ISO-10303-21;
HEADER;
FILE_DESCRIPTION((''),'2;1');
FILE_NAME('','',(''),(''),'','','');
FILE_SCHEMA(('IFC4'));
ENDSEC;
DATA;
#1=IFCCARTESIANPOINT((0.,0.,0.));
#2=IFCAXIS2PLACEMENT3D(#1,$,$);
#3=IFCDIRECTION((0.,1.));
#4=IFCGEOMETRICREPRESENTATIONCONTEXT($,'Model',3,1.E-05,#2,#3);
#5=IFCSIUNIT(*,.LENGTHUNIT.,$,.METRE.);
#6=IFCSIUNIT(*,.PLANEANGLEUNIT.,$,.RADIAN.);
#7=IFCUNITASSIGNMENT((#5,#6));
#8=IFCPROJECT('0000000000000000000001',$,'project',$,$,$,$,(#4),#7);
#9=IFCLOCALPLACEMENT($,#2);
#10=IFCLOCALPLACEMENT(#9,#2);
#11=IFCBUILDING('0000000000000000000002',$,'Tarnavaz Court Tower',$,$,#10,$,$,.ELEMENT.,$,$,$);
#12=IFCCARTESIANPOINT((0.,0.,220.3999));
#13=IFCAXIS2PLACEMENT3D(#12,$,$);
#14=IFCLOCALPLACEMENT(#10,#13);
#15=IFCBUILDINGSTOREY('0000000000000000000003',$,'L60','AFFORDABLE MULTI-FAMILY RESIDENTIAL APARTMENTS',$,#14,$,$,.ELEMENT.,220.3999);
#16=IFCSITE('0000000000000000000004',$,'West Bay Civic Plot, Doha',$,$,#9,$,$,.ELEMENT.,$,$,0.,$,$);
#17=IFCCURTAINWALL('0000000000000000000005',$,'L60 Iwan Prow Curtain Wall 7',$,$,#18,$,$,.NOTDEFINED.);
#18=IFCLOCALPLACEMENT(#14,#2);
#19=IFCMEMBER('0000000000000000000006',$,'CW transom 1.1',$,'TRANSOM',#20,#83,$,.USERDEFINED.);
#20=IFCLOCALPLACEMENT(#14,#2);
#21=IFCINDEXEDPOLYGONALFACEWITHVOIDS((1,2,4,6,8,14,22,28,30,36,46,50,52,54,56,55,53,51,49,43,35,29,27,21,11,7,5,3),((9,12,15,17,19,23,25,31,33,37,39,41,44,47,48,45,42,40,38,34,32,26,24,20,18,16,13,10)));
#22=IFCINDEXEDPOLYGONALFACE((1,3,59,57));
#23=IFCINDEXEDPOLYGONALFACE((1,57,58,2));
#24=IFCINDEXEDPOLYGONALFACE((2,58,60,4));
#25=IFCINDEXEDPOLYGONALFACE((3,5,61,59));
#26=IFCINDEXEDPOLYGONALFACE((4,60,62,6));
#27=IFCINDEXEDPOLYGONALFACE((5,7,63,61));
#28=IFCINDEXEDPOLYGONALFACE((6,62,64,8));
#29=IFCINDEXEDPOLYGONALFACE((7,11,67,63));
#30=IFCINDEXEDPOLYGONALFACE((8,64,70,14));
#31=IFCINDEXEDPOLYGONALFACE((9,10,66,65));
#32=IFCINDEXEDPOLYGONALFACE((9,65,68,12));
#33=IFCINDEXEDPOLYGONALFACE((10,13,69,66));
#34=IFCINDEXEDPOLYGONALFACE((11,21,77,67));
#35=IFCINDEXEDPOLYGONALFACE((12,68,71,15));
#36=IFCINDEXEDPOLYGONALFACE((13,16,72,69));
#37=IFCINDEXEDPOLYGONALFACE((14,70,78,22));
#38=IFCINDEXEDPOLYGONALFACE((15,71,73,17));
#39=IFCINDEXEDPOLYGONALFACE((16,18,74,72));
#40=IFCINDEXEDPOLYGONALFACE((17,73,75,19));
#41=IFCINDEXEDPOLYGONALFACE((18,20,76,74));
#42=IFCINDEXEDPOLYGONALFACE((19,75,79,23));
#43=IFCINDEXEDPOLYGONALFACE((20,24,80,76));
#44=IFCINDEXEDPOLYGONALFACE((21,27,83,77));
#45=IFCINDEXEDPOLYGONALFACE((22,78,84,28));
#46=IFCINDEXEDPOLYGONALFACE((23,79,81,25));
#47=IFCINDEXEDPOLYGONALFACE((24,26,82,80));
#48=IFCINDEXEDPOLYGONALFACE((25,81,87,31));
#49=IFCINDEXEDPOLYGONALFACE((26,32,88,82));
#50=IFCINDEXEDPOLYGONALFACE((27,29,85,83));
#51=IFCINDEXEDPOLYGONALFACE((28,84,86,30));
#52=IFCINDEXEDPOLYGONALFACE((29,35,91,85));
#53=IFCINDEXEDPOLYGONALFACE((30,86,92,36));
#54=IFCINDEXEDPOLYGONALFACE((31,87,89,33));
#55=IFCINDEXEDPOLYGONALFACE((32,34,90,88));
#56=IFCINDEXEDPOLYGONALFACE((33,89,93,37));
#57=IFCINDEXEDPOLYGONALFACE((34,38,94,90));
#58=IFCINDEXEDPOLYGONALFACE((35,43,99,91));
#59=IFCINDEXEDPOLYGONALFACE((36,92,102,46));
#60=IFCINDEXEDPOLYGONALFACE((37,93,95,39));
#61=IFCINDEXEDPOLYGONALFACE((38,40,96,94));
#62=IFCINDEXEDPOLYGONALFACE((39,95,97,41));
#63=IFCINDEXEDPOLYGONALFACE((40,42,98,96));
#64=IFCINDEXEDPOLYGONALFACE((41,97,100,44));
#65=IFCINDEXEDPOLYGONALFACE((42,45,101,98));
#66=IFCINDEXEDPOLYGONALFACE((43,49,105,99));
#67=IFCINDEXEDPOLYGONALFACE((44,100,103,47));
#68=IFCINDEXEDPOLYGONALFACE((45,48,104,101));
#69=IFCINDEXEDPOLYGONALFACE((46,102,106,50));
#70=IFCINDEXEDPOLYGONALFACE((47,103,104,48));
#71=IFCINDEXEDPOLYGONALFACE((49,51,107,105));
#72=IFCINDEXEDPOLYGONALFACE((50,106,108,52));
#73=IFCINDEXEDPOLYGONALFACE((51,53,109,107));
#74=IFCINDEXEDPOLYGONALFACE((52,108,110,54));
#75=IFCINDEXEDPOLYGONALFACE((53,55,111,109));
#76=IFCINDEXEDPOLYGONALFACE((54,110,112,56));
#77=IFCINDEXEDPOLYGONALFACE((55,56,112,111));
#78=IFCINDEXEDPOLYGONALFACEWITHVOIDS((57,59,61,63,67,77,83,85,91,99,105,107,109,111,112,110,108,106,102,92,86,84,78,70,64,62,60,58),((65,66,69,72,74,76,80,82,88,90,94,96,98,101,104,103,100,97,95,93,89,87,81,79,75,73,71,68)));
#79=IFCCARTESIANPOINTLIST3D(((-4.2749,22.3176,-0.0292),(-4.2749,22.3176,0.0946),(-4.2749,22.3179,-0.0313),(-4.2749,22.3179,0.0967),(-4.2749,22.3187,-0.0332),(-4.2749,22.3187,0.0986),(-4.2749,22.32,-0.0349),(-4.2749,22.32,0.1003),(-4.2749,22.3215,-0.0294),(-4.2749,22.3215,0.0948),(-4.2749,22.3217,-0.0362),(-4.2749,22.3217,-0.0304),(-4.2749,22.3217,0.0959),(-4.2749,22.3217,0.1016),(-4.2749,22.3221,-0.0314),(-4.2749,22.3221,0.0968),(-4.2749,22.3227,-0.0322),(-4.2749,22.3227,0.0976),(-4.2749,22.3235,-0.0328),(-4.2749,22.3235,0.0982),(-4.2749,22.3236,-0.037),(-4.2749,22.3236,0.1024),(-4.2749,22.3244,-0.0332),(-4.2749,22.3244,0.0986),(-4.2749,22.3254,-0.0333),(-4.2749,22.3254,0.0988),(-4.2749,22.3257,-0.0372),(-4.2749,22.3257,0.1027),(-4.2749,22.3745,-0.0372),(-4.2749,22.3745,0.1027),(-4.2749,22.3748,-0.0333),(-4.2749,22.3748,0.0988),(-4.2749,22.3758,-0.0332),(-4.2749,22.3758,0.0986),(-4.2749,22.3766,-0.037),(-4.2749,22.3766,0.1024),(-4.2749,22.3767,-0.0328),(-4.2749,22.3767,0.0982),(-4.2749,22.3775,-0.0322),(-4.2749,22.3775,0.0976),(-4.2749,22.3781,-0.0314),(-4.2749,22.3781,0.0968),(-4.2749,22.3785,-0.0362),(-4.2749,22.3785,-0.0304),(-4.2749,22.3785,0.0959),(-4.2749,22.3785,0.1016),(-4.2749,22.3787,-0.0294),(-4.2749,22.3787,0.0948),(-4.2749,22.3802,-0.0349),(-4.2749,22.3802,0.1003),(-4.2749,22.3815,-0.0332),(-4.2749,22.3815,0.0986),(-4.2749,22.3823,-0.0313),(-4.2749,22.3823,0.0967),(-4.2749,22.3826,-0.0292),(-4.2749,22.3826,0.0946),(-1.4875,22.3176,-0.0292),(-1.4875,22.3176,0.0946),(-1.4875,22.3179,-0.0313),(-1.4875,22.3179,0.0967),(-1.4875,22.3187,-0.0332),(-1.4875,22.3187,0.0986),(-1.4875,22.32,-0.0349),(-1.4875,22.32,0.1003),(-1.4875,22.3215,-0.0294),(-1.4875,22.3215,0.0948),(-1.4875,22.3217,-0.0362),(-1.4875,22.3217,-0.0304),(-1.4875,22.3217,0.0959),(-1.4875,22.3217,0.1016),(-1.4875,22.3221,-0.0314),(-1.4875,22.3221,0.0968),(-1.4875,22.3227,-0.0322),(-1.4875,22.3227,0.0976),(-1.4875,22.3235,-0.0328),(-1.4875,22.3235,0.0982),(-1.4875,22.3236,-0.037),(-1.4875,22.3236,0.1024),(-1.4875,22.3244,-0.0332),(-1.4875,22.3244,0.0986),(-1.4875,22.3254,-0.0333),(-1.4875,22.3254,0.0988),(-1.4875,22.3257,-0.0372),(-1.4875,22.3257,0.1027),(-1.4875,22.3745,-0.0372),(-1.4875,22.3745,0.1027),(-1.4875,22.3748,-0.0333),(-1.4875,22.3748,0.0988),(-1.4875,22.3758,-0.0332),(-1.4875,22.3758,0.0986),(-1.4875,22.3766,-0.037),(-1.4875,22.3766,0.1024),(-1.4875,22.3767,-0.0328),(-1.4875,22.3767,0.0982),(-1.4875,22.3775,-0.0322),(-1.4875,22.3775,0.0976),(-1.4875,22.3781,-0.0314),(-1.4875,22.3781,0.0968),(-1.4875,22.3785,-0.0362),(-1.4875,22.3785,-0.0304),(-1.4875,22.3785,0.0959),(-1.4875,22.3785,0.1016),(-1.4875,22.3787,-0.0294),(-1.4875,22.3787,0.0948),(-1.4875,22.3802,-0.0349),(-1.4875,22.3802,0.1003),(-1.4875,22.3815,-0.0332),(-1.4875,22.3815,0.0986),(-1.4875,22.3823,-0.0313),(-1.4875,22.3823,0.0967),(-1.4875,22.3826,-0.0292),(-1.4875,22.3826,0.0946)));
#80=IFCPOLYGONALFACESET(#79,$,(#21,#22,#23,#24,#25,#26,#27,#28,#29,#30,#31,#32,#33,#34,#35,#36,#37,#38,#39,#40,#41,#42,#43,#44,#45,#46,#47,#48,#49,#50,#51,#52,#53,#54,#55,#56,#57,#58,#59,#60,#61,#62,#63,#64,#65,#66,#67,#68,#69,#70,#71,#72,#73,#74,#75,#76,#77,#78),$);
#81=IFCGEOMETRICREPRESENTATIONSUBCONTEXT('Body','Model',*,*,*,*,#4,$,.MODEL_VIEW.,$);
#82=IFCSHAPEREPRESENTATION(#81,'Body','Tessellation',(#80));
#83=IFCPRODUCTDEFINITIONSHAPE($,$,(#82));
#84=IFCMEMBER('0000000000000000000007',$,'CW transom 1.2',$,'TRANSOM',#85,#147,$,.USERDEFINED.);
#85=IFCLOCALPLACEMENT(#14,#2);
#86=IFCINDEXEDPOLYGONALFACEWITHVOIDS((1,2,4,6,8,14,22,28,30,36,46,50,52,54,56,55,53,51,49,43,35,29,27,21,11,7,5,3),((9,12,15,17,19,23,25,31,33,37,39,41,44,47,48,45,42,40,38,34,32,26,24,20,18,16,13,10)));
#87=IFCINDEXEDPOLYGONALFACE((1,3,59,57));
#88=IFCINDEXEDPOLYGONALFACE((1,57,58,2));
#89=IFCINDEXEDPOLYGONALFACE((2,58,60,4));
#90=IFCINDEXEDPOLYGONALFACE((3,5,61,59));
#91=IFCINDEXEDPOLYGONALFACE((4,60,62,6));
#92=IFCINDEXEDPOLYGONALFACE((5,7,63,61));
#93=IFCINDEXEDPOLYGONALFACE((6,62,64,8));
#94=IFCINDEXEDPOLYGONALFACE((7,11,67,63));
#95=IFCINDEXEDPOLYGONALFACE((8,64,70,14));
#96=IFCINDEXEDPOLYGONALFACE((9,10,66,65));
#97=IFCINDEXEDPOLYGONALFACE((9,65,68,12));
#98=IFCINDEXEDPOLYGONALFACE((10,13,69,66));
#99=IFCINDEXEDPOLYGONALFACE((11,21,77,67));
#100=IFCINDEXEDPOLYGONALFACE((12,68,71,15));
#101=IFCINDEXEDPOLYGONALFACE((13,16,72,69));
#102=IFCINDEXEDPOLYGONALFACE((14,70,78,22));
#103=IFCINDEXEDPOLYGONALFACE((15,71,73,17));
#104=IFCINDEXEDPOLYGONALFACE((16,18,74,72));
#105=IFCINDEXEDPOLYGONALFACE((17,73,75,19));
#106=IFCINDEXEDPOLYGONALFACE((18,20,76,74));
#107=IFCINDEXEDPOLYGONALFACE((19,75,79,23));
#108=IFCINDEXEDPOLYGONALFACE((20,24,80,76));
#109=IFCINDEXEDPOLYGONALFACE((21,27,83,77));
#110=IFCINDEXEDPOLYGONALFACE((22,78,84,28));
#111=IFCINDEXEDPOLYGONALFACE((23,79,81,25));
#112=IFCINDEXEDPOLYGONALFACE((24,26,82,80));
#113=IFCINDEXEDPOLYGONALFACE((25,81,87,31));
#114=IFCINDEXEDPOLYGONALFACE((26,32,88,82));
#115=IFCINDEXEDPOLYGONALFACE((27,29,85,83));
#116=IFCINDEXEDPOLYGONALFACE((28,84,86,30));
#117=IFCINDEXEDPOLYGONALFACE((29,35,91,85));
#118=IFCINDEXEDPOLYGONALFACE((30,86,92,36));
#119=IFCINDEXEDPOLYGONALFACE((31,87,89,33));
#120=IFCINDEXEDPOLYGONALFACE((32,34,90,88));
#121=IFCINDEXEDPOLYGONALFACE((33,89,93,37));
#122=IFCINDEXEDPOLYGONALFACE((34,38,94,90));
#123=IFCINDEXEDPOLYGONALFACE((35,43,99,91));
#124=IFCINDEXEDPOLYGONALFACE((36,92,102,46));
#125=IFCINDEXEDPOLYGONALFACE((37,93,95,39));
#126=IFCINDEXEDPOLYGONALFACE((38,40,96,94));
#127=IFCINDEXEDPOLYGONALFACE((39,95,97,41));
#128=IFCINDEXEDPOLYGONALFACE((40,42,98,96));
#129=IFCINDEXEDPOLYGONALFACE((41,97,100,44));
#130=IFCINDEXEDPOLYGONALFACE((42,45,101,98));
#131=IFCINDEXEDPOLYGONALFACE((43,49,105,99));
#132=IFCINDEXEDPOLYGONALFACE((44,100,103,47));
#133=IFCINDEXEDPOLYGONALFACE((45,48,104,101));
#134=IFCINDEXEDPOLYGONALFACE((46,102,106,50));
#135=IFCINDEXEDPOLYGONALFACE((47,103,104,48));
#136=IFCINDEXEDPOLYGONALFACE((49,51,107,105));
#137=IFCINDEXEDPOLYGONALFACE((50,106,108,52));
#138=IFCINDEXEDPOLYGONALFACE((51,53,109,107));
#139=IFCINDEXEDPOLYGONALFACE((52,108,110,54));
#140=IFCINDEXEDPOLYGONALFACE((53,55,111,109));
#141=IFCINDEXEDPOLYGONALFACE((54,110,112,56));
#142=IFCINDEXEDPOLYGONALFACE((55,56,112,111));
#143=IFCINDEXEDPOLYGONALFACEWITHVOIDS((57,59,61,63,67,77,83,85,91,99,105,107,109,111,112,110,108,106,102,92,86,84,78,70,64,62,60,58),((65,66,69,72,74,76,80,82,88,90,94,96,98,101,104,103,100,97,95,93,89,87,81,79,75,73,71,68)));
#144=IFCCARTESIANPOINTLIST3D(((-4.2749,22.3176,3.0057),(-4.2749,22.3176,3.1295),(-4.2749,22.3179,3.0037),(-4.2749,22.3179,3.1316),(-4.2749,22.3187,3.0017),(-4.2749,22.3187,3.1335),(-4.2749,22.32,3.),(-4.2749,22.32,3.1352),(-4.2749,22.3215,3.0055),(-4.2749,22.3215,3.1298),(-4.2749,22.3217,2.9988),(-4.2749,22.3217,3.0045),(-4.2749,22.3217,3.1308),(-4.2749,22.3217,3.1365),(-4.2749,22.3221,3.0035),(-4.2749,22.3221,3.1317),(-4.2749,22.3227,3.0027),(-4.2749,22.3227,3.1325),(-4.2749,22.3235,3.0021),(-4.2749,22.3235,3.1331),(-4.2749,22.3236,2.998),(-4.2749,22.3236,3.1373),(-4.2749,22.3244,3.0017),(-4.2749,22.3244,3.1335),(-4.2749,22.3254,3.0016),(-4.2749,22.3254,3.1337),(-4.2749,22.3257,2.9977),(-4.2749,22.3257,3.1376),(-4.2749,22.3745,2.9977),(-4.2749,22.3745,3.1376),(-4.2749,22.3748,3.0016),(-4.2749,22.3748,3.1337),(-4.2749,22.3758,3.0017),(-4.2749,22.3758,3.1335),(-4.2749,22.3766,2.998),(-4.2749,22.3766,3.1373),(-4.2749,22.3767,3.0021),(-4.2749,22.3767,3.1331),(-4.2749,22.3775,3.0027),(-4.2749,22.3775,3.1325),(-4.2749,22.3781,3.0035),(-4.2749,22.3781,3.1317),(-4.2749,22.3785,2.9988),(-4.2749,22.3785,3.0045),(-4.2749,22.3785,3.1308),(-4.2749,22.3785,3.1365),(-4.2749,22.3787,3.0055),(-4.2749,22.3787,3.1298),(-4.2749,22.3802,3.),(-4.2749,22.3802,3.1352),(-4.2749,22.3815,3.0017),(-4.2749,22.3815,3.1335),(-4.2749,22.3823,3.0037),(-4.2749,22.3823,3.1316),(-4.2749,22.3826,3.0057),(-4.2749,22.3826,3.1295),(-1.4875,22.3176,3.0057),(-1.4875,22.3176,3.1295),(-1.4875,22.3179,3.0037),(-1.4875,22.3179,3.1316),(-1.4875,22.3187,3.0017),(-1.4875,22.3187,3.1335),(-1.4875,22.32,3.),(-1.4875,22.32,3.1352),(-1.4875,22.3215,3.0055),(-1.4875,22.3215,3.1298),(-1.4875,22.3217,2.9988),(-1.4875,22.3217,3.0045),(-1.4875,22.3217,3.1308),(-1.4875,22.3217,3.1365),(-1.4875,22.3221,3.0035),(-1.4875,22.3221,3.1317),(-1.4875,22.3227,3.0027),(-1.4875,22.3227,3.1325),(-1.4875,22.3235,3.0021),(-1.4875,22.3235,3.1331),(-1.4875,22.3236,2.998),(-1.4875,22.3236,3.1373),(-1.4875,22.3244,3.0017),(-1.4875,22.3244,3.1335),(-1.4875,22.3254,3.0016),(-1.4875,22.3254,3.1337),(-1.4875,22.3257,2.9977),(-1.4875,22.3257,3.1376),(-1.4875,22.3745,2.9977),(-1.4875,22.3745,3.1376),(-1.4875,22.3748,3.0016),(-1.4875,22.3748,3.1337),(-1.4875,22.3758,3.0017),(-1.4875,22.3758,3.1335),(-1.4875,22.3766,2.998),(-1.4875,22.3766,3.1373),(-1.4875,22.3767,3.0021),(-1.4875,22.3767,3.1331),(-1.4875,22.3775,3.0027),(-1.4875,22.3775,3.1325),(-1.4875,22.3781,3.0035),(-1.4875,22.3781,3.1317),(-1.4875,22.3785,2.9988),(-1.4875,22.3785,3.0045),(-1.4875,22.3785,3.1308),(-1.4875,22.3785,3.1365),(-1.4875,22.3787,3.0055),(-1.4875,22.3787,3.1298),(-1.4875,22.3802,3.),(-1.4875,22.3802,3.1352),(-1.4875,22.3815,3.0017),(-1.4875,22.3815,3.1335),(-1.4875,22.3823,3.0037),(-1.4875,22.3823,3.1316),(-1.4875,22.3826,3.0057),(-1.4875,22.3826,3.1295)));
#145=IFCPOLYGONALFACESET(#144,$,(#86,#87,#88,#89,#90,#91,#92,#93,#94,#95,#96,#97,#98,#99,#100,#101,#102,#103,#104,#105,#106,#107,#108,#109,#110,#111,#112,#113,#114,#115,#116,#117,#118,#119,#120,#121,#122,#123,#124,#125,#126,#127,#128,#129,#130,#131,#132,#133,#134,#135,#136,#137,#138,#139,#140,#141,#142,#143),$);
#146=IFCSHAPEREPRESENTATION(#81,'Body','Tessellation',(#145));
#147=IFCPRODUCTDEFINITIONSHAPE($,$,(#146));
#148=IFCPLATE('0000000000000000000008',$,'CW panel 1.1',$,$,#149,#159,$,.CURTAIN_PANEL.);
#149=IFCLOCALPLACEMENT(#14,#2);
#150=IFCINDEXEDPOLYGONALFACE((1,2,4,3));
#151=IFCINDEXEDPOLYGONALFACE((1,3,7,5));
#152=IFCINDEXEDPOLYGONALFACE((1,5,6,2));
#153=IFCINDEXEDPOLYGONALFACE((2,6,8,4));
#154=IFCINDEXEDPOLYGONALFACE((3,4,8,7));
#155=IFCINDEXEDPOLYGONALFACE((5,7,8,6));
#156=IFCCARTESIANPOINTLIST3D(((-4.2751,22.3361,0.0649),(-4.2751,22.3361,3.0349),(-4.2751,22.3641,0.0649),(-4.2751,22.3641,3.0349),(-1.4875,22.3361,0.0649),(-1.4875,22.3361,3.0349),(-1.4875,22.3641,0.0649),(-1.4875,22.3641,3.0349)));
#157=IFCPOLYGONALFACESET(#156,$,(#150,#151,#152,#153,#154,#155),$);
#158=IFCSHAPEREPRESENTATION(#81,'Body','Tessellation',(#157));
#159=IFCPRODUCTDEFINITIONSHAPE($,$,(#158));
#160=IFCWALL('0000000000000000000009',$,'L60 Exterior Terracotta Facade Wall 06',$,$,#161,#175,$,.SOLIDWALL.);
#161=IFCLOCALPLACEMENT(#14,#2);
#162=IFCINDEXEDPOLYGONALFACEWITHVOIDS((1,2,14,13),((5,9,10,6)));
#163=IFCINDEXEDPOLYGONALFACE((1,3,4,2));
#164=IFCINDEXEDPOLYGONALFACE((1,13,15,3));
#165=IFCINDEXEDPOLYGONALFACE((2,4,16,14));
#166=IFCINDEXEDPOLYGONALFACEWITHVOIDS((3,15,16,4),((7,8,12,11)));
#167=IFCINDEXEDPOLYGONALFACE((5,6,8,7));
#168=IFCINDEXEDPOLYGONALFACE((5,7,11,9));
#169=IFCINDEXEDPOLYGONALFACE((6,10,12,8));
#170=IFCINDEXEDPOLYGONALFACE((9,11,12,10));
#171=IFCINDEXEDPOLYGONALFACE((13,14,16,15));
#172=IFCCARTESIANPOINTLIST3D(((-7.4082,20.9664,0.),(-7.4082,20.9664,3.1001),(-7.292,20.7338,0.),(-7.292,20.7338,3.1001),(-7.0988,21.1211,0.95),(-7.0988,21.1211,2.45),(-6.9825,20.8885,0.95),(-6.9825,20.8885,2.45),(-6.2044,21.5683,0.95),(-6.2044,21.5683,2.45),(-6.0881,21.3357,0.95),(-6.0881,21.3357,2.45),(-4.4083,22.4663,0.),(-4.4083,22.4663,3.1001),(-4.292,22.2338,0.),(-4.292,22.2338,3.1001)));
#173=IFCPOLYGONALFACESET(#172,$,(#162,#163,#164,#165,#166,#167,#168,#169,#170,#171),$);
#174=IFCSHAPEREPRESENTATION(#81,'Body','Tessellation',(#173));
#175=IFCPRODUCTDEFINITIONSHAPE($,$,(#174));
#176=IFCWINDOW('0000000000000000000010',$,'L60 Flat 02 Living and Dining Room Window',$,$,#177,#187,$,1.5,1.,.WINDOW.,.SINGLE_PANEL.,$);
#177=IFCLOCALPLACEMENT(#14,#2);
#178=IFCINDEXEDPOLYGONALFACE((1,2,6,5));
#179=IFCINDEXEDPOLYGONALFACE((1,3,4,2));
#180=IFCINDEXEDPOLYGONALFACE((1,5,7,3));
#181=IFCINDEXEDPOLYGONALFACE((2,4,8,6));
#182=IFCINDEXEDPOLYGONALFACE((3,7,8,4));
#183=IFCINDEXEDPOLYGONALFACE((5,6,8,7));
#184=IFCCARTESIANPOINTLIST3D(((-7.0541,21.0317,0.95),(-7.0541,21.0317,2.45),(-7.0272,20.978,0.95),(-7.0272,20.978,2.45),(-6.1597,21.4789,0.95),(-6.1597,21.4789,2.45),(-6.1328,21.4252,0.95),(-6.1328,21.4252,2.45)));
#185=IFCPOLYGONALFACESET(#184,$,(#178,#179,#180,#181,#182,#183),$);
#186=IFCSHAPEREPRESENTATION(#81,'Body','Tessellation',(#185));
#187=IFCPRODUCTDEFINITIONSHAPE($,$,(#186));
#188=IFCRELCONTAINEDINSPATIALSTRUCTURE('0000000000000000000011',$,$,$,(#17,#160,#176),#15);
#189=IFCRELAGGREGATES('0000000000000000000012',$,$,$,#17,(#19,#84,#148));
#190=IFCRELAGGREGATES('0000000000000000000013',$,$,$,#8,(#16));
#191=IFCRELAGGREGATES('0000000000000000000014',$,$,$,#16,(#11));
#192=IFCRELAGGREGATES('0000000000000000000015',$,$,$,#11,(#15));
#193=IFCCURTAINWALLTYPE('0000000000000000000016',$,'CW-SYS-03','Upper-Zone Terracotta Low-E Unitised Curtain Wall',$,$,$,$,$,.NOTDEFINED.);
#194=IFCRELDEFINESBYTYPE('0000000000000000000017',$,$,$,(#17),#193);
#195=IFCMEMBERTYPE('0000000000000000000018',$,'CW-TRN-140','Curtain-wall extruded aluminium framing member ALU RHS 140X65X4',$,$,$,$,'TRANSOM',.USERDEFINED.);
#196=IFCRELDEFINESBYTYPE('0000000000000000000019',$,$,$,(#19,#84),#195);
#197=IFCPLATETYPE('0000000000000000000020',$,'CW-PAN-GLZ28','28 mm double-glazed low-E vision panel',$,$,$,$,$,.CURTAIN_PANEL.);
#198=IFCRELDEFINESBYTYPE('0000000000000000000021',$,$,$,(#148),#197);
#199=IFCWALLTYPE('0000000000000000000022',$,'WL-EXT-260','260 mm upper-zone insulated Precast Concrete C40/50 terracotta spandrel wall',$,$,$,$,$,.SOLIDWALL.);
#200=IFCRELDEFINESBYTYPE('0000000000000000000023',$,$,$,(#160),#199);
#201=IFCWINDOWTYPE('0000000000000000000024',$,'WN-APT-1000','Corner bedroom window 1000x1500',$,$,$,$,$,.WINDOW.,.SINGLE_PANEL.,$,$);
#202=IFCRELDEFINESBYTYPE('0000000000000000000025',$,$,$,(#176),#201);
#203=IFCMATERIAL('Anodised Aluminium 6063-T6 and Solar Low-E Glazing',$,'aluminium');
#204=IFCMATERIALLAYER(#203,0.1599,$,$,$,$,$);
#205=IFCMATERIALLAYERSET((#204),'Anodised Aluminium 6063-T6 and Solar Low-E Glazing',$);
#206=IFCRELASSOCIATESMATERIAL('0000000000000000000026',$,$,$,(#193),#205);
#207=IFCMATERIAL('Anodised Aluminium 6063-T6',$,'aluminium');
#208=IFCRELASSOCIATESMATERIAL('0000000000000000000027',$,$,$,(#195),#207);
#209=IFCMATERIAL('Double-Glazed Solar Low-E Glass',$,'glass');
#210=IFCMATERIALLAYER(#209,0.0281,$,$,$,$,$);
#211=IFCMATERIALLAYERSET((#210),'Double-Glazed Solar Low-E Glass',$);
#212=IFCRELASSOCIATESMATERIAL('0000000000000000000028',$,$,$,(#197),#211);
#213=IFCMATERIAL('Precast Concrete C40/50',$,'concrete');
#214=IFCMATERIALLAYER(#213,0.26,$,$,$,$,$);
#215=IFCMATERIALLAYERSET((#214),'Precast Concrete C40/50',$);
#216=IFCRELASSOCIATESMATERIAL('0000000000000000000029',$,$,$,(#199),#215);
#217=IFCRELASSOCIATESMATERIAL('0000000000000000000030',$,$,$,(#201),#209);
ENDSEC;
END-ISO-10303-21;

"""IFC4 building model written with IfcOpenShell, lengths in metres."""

from ifc_helpers import new_model, si_unit, direction, frame, frame_2d, origin, origin_2d, place, context, subcontext, project, spatial, rectangle, hollow_rectangle, extrude, material, layer, layer_set, material_profile, profile_set, type_object, element, fill, aggregate, save


model = new_model("IFC4")

# Units and contexts
model_context = context("Model", 3, precision=1e-05, world=origin(), true_north=direction((0.0, 1.0)))
body_context = subcontext(model_context, "Body", "Model", "MODEL_VIEW")
ifc_project = project(units=[si_unit("LENGTHUNIT", "METRE"), si_unit("PLANEANGLEUNIT", "RADIAN")], contexts=[model_context])

# Site, building, storey
site_placement = place(None, origin())
site = spatial("IfcSite", under=ifc_project, at=site_placement, Name="West Bay Civic Plot, Doha", CompositionType="ELEMENT", RefElevation=0.0)
building_placement = place(site_placement, origin())
building = spatial("IfcBuilding", under=site, at=building_placement, Name="Tarnavaz Court Tower", CompositionType="ELEMENT")
storey_placement = place(building_placement, frame((0.0, 0.0, 220.3999)))
storey = spatial("IfcBuildingStorey", under=building, at=storey_placement, Name="L60", Description="AFFORDABLE MULTI-FAMILY RESIDENTIAL APARTMENTS", CompositionType="ELEMENT", Elevation=220.3999)

# Curtain wall, members, plate
ifc_material_1 = material(Name="Anodised Aluminium 6063-T6 and Solar Low-E Glazing", Category="aluminium")
ifc_layer_1 = layer(ifc_material_1, 0.1599)
ifc_layer_set_1 = layer_set([ifc_layer_1], Name="Anodised Aluminium 6063-T6 and Solar Low-E Glazing")
curtain_wall_type = type_object("IfcCurtainWallType", Name="CW-SYS-03", Description="Upper-Zone Terracotta Low-E Unitised Curtain Wall", PredefinedType="NOTDEFINED", material=ifc_layer_set_1)
curtain_wall_placement = place(storey_placement, origin())
curtain_wall = element("IfcCurtainWall", 1, at=curtain_wall_placement, inside=storey, type_object=curtain_wall_type, Name="L60 Iwan Prow Curtain Wall 7", PredefinedType="NOTDEFINED")
ifc_material_2 = material(Name="Anodised Aluminium 6063-T6", Category="aluminium")
ifc_material_profile_1 = material_profile(ifc_material_2, hollow_rectangle(XDim=0.0649, YDim=0.1399, WallThickness=0.0039, InnerFilletRadius=0.0039, OuterFilletRadius=0.0081, at=origin_2d()), Name="ALU RHS 140X65X4")
ifc_profile_set_1 = profile_set([ifc_material_profile_1], Name="Anodised Aluminium 6063-T6")
member_type_1 = type_object("IfcMemberType", Name="CW-TRN-140", Description="Curtain-wall extruded aluminium framing member ALU RHS 140X65X4", ElementType="TRANSOM", PredefinedType="USERDEFINED", material=ifc_profile_set_1)
member_1_placement = place(storey_placement, frame((-4.2749, 22.3501, 0.0327), z_axis=(1.0, 0.0, 0.0), x_axis=(0.0, 1.0, 0.0)))
member_1 = element("IfcMember", 2, at=member_1_placement, type_object=member_type_1, Name="CW transom 1.1", ObjectType="TRANSOM", PredefinedType="USERDEFINED", context=body_context, shape_type="SweptSolid", body=[
    extrude(hollow_rectangle(XDim=0.0649, YDim=0.1399, WallThickness=0.0039, InnerFilletRadius=0.0039, OuterFilletRadius=0.0081, at=origin_2d()), origin(), (0.0, 0.0, 1.0), 2.7874),
])
member_2_placement = place(storey_placement, frame((-4.2749, 22.3501, 3.0676), z_axis=(1.0, 0.0, 0.0), x_axis=(0.0, 1.0, 0.0)))
member_2 = element("IfcMember", 3, at=member_2_placement, type_object=member_type_1, Name="CW transom 1.2", ObjectType="TRANSOM", PredefinedType="USERDEFINED", context=body_context, shape_type="SweptSolid", body=[
    extrude(hollow_rectangle(XDim=0.0649, YDim=0.1399, WallThickness=0.0039, InnerFilletRadius=0.0039, OuterFilletRadius=0.0081, at=origin_2d()), origin(), (0.0, 0.0, 1.0), 2.7874),
])
ifc_material_3 = material(Name="Double-Glazed Solar Low-E Glass", Category="glass")
ifc_layer_2 = layer(ifc_material_3, 0.0281)
ifc_layer_set_2 = layer_set([ifc_layer_2], Name="Double-Glazed Solar Low-E Glass")
plate_type = type_object("IfcPlateType", Name="CW-PAN-GLZ28", Description="28 mm double-glazed low-E vision panel", PredefinedType="CURTAIN_PANEL", material=ifc_layer_set_2)
plate_placement = place(storey_placement, frame((-2.8813, 22.3501, 0.0649), z_axis=(0.0, 0.0, 1.0), x_axis=(1.0, 0.0, 0.0)))
plate = element("IfcPlate", 4, at=plate_placement, type_object=plate_type, Name="CW panel 1.1", PredefinedType="CURTAIN_PANEL", context=body_context, shape_type="SweptSolid", body=[
    extrude(rectangle(XDim=2.7876, YDim=0.0281, at=origin_2d()), origin(), (0.0, 0.0, 1.0), 2.97),
])
aggregate(curtain_wall, [member_1, member_2, plate])

# Wall, opening, window
ifc_material_4 = material(Name="Precast Concrete C40/50", Category="concrete")
ifc_layer_3 = layer(ifc_material_4, 0.26)
ifc_layer_set_3 = layer_set([ifc_layer_3], Name="Precast Concrete C40/50")
wall_type_1 = type_object("IfcWallType", Name="WL-EXT-260", Description="260 mm upper-zone insulated Precast Concrete C40/50 terracotta spandrel wall", PredefinedType="SOLIDWALL", material=ifc_layer_set_3)
wall_1_placement = place(storey_placement, frame((-7.3501, 20.8501, 0.0), z_axis=(0.0, 0.0, 1.0), x_axis=(0.894427, 0.447214, 0.0)))
wall_1 = element("IfcWall", 5, at=wall_1_placement, inside=storey, type_object=wall_type_1, Name="L60 Exterior Terracotta Facade Wall 06", PredefinedType="SOLIDWALL", context=body_context, shape_type="SweptSolid", body=[
    extrude(rectangle(XDim=3.354, YDim=0.26, at=frame_2d((1.677, 0.0))), origin(), (0.0, 0.0, 1.0), 3.1001),
])
opening_1_placement = place(wall_1_placement, frame((0.3459, 0.0, 0.95)))
opening_1 = element("IfcOpeningElement", 6, at=opening_1_placement, cuts=wall_1, PredefinedType="OPENING", context=body_context, shape_type="SweptSolid", body=[
    extrude(rectangle(XDim=1.0, YDim=1.5, at=frame_2d((0.5, 0.75))), frame((0.0, 0.1399, 0.0), z_axis=(0.0, -1.0, 0.0), x_axis=(1.0, 0.0, 0.0)), (0.0, 0.0, 1.0), 0.28),
])
window_type = type_object("IfcWindowType", Name="WN-APT-1000", Description="Corner bedroom window 1000x1500", PartitioningType="SINGLE_PANEL", PredefinedType="WINDOW", material=ifc_material_3)
window_placement = place(opening_1_placement, origin())
window = element("IfcWindow", 7, at=window_placement, inside=storey, type_object=window_type, Name="L60 Flat 02 Living and Dining Room Window", OverallHeight=1.5, OverallWidth=1.0, PartitioningType="SINGLE_PANEL", PredefinedType="WINDOW", context=body_context, shape_type="SweptSolid", body=[
    extrude(rectangle(XDim=1.0, YDim=1.5, at=frame_2d((0.5, 0.75))), frame((0.0, 0.03, 0.0), z_axis=(0.0, -1.0, 0.0), x_axis=(1.0, 0.0, 0.0)), (0.0, 0.0, 1.0), 0.0601),
])
fill(opening_1, window)

save(model, "model.ifc")
